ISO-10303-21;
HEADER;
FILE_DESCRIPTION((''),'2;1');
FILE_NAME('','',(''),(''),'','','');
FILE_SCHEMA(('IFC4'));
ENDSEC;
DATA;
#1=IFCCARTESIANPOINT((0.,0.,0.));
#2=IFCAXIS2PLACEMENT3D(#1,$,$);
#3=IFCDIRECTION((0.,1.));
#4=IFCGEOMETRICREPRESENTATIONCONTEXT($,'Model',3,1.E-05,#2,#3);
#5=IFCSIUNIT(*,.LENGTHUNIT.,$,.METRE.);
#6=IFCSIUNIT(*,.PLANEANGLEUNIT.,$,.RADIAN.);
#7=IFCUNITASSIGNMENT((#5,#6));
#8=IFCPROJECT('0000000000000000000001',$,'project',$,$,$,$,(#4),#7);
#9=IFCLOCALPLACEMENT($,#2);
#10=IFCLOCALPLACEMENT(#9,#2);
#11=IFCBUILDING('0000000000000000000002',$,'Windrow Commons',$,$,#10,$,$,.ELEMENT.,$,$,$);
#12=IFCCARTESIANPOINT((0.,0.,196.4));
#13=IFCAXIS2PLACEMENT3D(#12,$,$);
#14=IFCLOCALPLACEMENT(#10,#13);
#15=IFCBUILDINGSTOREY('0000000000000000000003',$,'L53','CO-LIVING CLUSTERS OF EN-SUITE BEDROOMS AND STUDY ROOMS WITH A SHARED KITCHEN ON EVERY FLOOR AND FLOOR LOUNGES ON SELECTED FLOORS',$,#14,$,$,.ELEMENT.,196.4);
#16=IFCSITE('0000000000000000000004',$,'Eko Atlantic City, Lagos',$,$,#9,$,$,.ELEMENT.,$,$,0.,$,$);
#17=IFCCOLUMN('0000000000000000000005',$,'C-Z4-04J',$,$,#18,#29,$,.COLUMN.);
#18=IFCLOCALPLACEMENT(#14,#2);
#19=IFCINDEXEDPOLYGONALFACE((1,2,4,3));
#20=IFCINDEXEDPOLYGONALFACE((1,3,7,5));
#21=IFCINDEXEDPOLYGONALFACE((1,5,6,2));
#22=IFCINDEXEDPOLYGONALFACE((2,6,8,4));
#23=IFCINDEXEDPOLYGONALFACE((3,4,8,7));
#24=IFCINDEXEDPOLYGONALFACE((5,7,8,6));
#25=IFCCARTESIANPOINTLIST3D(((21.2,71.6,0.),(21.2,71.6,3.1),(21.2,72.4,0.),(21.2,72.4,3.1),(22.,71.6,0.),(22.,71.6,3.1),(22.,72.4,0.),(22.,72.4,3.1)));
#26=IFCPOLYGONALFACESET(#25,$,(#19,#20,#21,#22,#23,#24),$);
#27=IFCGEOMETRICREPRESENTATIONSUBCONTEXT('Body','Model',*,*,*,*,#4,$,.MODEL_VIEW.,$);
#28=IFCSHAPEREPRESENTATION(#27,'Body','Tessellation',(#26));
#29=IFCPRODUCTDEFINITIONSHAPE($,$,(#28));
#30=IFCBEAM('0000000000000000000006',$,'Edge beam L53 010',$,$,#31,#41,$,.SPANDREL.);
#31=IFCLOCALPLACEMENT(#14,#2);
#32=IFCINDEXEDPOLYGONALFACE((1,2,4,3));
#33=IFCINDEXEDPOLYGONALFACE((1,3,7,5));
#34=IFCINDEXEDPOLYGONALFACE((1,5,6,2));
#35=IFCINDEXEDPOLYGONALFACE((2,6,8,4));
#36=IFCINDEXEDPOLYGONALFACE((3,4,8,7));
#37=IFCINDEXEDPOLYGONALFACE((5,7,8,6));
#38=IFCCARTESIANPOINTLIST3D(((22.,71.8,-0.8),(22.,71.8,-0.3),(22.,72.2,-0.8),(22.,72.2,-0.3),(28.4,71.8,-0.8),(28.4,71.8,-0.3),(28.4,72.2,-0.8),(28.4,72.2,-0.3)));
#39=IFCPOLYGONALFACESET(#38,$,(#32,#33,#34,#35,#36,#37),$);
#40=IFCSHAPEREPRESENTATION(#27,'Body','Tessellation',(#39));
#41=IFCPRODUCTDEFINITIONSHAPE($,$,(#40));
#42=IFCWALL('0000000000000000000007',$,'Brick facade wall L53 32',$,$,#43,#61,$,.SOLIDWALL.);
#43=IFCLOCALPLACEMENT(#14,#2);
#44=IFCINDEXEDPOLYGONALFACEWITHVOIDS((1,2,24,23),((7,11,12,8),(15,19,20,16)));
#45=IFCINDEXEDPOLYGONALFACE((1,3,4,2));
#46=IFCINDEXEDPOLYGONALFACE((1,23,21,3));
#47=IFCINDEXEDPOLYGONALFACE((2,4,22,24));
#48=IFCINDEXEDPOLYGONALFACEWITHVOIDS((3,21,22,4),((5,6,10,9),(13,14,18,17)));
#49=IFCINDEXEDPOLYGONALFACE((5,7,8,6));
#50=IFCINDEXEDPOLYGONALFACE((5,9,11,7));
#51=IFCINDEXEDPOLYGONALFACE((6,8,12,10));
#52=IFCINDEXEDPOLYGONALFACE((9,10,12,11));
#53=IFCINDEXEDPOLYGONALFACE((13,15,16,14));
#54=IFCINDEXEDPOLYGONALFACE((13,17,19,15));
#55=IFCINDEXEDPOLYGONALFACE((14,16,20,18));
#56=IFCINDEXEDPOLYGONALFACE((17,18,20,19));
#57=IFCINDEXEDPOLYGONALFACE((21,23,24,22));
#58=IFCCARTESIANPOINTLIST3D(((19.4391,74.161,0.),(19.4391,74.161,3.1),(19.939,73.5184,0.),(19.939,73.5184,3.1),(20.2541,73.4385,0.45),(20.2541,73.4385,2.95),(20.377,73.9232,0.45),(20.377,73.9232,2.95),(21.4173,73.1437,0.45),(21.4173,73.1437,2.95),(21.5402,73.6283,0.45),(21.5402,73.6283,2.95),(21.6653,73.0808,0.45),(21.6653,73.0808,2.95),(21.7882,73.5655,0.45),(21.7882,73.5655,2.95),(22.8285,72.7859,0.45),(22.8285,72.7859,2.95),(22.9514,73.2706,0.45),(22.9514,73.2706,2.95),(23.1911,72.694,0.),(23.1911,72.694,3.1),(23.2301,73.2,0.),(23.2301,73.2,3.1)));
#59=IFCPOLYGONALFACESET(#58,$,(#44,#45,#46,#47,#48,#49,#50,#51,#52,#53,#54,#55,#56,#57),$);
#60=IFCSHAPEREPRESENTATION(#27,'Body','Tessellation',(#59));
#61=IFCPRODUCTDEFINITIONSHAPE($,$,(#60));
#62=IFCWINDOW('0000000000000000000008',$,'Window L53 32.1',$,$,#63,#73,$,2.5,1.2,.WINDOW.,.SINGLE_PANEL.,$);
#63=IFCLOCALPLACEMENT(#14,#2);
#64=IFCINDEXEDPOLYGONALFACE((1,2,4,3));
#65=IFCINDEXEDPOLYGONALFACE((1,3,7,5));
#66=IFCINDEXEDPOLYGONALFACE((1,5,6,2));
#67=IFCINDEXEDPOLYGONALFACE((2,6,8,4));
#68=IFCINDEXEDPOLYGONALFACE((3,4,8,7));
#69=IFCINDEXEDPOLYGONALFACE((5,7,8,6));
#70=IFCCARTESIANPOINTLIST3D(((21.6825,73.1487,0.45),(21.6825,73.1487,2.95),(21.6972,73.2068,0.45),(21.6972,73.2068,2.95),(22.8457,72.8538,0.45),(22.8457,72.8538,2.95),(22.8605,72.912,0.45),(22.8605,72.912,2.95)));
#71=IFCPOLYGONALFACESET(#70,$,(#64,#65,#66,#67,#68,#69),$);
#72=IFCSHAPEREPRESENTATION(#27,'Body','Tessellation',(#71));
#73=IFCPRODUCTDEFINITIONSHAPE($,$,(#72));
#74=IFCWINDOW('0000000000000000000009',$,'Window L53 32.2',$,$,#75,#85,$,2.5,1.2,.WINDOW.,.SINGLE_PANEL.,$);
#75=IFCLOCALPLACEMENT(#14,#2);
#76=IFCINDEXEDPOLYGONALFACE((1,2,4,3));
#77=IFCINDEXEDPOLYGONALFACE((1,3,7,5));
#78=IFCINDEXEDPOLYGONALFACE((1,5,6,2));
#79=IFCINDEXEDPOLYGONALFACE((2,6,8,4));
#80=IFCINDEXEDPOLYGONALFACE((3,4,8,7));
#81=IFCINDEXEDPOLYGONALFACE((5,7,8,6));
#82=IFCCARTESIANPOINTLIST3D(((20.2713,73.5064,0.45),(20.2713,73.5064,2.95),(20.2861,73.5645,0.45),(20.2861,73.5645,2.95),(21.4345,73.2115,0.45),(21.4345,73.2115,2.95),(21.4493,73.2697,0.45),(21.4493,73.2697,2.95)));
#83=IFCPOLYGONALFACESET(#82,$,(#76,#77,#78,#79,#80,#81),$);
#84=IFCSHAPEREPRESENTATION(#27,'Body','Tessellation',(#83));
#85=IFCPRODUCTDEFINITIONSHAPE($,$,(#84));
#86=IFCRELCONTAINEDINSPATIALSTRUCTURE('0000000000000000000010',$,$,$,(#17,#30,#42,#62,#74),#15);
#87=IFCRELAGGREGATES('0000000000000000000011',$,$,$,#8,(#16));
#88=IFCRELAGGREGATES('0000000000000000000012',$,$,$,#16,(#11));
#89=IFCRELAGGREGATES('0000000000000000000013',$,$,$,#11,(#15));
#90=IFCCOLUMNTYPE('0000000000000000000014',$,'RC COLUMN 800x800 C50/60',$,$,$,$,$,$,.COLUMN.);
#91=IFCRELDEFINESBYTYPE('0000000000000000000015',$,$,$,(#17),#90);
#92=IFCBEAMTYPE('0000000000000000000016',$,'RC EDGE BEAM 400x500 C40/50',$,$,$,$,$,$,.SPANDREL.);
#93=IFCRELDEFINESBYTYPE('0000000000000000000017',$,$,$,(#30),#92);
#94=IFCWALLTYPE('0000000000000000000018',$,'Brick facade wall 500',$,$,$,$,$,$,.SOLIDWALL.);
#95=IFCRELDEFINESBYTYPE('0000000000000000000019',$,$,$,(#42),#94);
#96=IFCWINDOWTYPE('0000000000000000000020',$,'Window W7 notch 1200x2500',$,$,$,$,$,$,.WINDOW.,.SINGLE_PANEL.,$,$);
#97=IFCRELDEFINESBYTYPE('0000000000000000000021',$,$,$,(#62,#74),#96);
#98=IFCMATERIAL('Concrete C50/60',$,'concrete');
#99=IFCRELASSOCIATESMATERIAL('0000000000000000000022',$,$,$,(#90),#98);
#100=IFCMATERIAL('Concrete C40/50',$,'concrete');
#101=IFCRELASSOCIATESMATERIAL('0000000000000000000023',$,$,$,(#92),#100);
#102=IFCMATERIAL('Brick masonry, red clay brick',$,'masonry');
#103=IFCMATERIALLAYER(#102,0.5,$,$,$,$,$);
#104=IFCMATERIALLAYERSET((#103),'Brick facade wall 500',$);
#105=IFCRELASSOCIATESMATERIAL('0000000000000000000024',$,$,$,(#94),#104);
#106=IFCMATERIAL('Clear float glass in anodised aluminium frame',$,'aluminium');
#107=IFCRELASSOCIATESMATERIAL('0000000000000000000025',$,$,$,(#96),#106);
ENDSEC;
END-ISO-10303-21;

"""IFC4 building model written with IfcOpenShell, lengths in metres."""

from ifc_helpers import new_model, si_unit, direction, frame, frame_2d, origin, origin_2d, place, context, subcontext, project, spatial, polyline, rectangle, outline, extrude, material, layer, layer_set, material_profile, profile_set, type_object, element, fill, save


model = new_model("IFC4")

# Units and contexts
model_context = context("Model", 3, precision=1e-05, world=origin(), true_north=direction((0.0, 1.0)))
body_context = subcontext(model_context, "Body", "Model", "MODEL_VIEW")
ifc_project = project(units=[si_unit("LENGTHUNIT", "METRE"), si_unit("PLANEANGLEUNIT", "RADIAN")], contexts=[model_context])

# Site, building, storey
site_placement = place(None, origin())
site = spatial("IfcSite", under=ifc_project, at=site_placement, Name="Eko Atlantic City, Lagos", CompositionType="ELEMENT", RefElevation=0.0)
building_placement = place(site_placement, origin())
building = spatial("IfcBuilding", under=site, at=building_placement, Name="Windrow Commons", CompositionType="ELEMENT")
storey_placement = place(building_placement, frame((0.0, 0.0, 196.4)))
storey = spatial("IfcBuildingStorey", under=building, at=storey_placement, Name="L53", Description="CO-LIVING CLUSTERS OF EN-SUITE BEDROOMS AND STUDY ROOMS WITH A SHARED KITCHEN ON EVERY FLOOR AND FLOOR LOUNGES ON SELECTED FLOORS", CompositionType="ELEMENT", Elevation=196.4)

# Column
ifc_material_1 = material(Name="Concrete C50/60", Category="concrete")
ifc_material_profile_1 = material_profile(ifc_material_1, rectangle(XDim=0.8, YDim=0.8, at=origin_2d()))
ifc_profile_set_1 = profile_set([ifc_material_profile_1], Name="Concrete C50/60")
column_type = type_object("IfcColumnType", Name="RC COLUMN 800x800 C50/60", PredefinedType="COLUMN", material=ifc_profile_set_1)
column_placement = place(storey_placement, frame((21.6, 72.0, 0.0), z_axis=(0.0, 0.0, 1.0), x_axis=(1.0, 0.0, 0.0)))
element("IfcColumn", 1, at=column_placement, inside=storey, type_object=column_type, Name="C-Z4-04J", PredefinedType="COLUMN", context=body_context, shape_type="SweptSolid", body=[
    extrude(rectangle(XDim=0.8, YDim=0.8, at=origin_2d()), origin(), (0.0, 0.0, 1.0), 3.1),
])

# Beam
ifc_material_2 = material(Name="Concrete C40/50", Category="concrete")
ifc_material_profile_2 = material_profile(ifc_material_2, rectangle(XDim=0.4, YDim=0.5, at=origin_2d()))
ifc_profile_set_2 = profile_set([ifc_material_profile_2], Name="Concrete C40/50")
beam_type = type_object("IfcBeamType", Name="RC EDGE BEAM 400x500 C40/50", PredefinedType="SPANDREL", material=ifc_profile_set_2)
beam_placement = place(storey_placement, frame((22.0, 72.0, -0.55), z_axis=(1.0, 0.0, 0.0), x_axis=(0.0, 1.0, 0.0)))
element("IfcBeam", 2, at=beam_placement, inside=storey, type_object=beam_type, Name="Edge beam L53 010", PredefinedType="SPANDREL", context=body_context, shape_type="SweptSolid", body=[
    extrude(rectangle(XDim=0.4, YDim=0.5, at=origin_2d()), origin(), (0.0, 0.0, 1.0), 6.4),
])

# Wall, openings, windows
ifc_material_3 = material(Name="Brick masonry, red clay brick", Category="masonry")
ifc_layer_1 = layer(ifc_material_3, 0.5)
ifc_layer_set_1 = layer_set([ifc_layer_1], Name="Brick facade wall 500")
wall_type_1 = type_object("IfcWallType", Name="Brick facade wall 500", PredefinedType="SOLIDWALL", material=ifc_layer_set_1)
wall_1_placement = place(storey_placement, frame((23.2106, 72.947, 0.0), z_axis=(0.0, 0.0, 1.0), x_axis=(-0.969341, 0.245721, 0.0)))
wall_1 = element("IfcWall", 3, at=wall_1_placement, inside=storey, type_object=wall_type_1, Name="Brick facade wall L53 32", PredefinedType="SOLIDWALL", context=body_context, shape_type="SweptSolid", body=[
    extrude(outline(polyline([(0.0433, -0.25), (3.9542, -0.25), (3.3117, 0.25), (-0.0433, 0.25), (0.0433, -0.25)])), origin(), (0.0, 0.0, 1.0), 3.1),
])
opening_1_placement = place(wall_1_placement, frame((0.3308, 0.0, 0.45)))
opening_1 = element("IfcOpeningElement", 4, at=opening_1_placement, cuts=wall_1, PredefinedType="OPENING", context=body_context, shape_type="SweptSolid", body=[
    extrude(rectangle(XDim=1.2, YDim=2.5, at=frame_2d((0.6, 1.25))), frame((0.0, 0.26, 0.0), z_axis=(0.0, -1.0, 0.0), x_axis=(1.0, 0.0, 0.0)), (0.0, 0.0, 1.0), 0.52),
])
opening_2_placement = place(wall_1_placement, frame((1.7866, 0.0, 0.45)))
opening_2 = element("IfcOpeningElement", 5, at=opening_2_placement, cuts=wall_1, PredefinedType="OPENING", context=body_context, shape_type="SweptSolid", body=[
    extrude(rectangle(XDim=1.2, YDim=2.5, at=frame_2d((0.6, 1.25))), frame((0.0, 0.26, 0.0), z_axis=(0.0, -1.0, 0.0), x_axis=(1.0, 0.0, 0.0)), (0.0, 0.0, 1.0), 0.52),
])
ifc_material_4 = material(Name="Clear float glass in anodised aluminium frame", Category="aluminium")
window_type_1 = type_object("IfcWindowType", Name="Window W7 notch 1200x2500", PartitioningType="SINGLE_PANEL", PredefinedType="WINDOW", material=ifc_material_4)
window_1_placement = place(opening_1_placement, origin())
window_1 = element("IfcWindow", 6, at=window_1_placement, inside=storey, type_object=window_type_1, Name="Window L53 32.1", OverallHeight=2.5, OverallWidth=1.2, PartitioningType="SINGLE_PANEL", PredefinedType="WINDOW", context=body_context, shape_type="SweptSolid", body=[
    extrude(rectangle(XDim=1.2, YDim=2.5, at=frame_2d((0.6, 1.25))), frame((0.0, 0.18, 0.0), z_axis=(0.0, -1.0, 0.0), x_axis=(1.0, 0.0, 0.0)), (0.0, 0.0, 1.0), 0.06),
])
fill(opening_1, window_1)
window_2_placement = place(opening_2_placement, origin())
window_2 = element("IfcWindow", 7, at=window_2_placement, inside=storey, type_object=window_type_1, Name="Window L53 32.2", OverallHeight=2.5, OverallWidth=1.2, PartitioningType="SINGLE_PANEL", PredefinedType="WINDOW", context=body_context, shape_type="SweptSolid", body=[
    extrude(rectangle(XDim=1.2, YDim=2.5, at=frame_2d((0.6, 1.25))), frame((0.0, 0.18, 0.0), z_axis=(0.0, -1.0, 0.0), x_axis=(1.0, 0.0, 0.0)), (0.0, 0.0, 1.0), 0.06),
])
fill(opening_2, window_2)

save(model, "model.ifc")
